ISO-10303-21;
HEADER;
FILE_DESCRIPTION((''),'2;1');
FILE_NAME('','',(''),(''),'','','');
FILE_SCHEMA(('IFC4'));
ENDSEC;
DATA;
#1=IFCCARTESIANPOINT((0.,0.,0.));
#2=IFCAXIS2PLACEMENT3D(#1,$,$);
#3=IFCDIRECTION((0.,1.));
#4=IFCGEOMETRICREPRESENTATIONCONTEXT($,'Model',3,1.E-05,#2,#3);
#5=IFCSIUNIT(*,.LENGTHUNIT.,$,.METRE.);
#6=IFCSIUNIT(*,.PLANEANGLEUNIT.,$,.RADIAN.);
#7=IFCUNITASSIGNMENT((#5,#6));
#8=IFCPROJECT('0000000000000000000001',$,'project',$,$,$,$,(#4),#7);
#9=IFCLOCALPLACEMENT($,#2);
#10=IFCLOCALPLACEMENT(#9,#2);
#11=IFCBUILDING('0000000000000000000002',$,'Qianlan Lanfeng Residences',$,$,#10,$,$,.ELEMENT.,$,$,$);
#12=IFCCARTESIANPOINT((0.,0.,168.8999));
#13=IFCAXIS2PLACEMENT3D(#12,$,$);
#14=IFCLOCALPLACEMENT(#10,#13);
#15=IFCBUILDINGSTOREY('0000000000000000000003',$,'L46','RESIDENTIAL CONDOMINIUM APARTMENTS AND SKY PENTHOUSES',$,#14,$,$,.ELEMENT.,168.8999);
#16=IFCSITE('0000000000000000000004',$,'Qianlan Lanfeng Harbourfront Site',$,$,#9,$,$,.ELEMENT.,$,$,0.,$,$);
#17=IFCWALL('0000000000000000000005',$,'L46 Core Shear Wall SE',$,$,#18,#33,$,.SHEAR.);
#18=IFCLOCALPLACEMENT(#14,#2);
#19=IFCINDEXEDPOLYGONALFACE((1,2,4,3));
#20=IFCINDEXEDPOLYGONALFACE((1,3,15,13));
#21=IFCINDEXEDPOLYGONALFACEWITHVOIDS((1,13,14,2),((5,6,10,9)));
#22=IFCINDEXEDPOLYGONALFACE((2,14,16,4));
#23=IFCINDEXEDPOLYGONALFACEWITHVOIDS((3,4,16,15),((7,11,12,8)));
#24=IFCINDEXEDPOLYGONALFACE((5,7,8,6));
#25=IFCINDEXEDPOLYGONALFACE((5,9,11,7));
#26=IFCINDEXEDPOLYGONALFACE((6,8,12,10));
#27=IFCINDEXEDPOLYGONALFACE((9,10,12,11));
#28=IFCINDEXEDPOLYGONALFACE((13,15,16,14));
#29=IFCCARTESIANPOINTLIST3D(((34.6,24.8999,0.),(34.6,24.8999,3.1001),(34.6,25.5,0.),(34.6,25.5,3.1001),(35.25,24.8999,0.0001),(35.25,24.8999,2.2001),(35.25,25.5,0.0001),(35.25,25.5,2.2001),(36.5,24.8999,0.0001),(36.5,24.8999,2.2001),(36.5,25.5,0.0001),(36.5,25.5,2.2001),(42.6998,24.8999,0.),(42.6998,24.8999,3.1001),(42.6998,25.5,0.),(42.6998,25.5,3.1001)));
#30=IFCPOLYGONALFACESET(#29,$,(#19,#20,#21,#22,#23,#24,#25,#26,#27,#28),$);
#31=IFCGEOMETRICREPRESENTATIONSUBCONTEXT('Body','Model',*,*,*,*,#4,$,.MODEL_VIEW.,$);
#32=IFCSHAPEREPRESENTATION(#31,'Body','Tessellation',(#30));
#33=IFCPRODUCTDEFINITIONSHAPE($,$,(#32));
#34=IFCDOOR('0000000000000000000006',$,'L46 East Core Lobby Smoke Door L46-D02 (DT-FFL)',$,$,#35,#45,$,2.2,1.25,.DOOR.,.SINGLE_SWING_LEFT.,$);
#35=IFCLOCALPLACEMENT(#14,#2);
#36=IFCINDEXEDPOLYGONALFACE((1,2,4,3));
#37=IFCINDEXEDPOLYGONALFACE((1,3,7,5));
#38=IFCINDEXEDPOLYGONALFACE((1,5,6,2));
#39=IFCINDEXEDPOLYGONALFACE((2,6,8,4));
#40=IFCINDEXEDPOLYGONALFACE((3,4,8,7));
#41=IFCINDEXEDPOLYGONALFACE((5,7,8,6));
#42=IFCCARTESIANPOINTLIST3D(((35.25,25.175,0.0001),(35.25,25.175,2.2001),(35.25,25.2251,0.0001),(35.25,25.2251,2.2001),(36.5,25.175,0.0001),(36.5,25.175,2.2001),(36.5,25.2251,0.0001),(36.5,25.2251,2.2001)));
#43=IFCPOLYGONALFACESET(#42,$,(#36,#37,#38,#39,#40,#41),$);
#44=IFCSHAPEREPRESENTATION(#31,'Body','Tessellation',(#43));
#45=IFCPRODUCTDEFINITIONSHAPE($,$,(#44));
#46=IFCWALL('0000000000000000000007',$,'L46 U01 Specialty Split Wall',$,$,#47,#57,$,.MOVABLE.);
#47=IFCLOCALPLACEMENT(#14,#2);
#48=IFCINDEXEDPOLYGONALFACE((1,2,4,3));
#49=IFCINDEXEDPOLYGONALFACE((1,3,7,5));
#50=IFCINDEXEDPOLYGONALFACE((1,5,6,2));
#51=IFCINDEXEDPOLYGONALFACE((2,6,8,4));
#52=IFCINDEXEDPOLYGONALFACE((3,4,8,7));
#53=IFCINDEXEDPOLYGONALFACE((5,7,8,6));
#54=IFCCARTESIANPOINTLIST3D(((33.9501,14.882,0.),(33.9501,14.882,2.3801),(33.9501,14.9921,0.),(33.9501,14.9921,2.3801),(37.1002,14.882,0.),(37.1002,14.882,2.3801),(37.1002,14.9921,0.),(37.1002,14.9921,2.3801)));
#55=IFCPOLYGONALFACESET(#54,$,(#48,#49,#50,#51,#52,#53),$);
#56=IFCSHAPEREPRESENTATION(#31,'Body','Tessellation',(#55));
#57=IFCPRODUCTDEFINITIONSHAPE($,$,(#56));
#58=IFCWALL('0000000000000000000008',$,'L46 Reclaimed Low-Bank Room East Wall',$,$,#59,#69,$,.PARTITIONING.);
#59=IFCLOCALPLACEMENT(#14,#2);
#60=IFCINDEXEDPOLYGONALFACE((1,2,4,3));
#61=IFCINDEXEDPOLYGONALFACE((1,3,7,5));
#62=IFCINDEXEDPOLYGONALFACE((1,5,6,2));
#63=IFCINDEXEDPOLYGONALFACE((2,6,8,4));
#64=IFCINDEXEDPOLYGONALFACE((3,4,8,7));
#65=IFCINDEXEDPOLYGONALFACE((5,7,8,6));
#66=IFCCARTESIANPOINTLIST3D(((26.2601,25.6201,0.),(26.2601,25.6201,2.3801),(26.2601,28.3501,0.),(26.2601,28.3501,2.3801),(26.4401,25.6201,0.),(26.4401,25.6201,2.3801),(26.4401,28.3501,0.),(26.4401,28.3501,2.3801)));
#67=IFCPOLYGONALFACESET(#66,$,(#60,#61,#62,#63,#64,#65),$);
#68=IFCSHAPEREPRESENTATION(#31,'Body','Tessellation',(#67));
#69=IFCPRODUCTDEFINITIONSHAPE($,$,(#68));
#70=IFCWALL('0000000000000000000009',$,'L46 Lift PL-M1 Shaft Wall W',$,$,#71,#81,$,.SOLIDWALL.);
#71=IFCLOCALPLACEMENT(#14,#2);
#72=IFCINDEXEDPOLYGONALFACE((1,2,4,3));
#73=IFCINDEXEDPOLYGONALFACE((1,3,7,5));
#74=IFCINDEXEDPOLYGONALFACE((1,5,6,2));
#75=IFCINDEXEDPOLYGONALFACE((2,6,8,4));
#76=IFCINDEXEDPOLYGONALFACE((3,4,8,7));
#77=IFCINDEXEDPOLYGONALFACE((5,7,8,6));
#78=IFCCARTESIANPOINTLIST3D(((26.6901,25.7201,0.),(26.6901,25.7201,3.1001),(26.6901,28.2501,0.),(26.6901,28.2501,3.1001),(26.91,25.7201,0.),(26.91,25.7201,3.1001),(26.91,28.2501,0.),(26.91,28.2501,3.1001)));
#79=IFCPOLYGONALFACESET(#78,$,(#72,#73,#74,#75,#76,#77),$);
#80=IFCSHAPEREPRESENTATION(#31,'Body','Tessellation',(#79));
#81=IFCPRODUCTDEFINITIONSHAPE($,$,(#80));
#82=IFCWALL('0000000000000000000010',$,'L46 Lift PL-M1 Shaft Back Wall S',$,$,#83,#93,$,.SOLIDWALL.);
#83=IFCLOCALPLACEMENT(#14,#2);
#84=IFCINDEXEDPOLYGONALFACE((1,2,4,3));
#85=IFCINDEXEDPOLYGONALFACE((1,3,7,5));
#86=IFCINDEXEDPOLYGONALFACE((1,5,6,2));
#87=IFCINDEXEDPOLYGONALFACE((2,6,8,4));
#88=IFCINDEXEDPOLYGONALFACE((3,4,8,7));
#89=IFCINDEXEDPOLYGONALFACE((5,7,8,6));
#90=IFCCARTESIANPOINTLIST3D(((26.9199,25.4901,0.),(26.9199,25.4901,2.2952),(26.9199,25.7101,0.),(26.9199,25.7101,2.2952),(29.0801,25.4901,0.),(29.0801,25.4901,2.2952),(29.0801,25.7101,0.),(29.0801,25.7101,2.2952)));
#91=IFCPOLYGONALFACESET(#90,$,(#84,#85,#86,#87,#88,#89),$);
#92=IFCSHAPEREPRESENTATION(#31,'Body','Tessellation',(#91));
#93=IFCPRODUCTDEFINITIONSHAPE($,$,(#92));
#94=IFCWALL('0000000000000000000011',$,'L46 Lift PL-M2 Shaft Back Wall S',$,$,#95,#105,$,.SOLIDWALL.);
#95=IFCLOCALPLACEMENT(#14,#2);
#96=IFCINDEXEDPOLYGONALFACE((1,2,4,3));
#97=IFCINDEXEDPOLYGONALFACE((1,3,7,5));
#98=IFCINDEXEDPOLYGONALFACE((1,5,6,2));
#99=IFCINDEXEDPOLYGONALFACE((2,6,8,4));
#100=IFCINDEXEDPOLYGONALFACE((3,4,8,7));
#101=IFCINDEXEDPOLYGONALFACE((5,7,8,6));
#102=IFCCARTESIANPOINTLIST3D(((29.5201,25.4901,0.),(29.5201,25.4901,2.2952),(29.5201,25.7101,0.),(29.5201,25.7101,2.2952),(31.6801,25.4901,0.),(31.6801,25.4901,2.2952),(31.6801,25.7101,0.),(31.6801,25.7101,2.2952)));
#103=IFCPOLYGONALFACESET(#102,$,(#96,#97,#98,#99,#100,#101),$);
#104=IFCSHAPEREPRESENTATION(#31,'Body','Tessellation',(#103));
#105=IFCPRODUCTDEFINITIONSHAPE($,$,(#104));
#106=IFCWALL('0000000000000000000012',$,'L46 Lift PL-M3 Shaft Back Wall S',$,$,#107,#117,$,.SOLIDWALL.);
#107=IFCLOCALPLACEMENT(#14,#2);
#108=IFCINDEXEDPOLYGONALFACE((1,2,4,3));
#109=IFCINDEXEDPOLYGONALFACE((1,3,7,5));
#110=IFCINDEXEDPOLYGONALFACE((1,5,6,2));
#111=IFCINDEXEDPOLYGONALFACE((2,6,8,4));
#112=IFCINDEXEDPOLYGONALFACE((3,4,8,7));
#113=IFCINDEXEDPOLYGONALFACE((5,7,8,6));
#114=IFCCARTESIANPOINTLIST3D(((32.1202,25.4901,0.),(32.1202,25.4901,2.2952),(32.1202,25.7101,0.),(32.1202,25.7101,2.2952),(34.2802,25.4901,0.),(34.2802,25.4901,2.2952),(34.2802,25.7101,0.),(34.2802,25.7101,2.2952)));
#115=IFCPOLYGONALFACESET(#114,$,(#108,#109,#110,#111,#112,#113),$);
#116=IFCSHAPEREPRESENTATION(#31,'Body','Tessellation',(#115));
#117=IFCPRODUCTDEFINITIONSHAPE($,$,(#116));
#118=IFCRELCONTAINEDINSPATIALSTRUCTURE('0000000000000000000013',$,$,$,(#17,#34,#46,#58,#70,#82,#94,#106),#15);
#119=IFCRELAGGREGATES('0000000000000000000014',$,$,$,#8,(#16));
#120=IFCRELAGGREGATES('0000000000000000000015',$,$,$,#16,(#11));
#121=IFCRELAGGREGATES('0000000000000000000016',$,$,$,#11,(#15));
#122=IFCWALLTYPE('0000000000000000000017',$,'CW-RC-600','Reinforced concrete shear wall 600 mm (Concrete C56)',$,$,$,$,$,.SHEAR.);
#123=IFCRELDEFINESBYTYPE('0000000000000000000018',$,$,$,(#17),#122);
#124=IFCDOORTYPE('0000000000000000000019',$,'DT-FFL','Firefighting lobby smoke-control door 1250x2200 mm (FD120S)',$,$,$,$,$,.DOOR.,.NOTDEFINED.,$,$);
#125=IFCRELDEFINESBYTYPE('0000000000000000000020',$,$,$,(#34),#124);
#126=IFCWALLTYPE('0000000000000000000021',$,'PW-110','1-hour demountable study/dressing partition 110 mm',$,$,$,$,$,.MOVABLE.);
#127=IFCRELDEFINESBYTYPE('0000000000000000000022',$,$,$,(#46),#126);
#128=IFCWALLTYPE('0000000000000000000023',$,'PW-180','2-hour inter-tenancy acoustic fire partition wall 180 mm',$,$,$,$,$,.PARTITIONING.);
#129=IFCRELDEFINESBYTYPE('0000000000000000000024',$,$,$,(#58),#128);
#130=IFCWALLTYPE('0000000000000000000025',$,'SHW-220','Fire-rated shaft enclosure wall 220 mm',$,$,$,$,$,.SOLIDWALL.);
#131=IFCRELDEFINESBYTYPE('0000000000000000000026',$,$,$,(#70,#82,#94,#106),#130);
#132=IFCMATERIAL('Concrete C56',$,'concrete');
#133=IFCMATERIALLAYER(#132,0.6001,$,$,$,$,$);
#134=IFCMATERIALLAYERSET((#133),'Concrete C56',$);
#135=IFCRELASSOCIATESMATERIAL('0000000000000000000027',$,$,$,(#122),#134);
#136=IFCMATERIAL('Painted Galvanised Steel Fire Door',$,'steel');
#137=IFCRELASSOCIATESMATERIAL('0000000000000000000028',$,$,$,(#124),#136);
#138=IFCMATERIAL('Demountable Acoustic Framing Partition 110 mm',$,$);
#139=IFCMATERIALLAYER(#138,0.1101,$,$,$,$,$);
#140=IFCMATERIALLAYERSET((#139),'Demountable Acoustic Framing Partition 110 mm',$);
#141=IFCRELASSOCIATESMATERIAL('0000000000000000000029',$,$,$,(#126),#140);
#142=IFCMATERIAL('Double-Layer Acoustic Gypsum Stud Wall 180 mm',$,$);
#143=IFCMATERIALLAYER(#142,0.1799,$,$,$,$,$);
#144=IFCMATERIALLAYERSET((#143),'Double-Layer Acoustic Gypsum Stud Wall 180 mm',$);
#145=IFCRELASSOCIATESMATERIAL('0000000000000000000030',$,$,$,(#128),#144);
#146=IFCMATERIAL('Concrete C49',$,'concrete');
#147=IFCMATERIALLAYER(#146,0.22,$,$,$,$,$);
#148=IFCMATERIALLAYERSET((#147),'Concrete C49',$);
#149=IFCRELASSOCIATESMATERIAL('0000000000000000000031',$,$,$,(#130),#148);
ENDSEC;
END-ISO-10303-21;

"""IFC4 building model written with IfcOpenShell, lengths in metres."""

from ifc_helpers import new_model, si_unit, direction, frame, frame_2d, origin, place, context, subcontext, project, spatial, rectangle, extrude, material, layer, layer_set, type_object, element, fill, save


model = new_model("IFC4")

# Units and contexts
model_context = context("Model", 3, precision=1e-05, world=origin(), true_north=direction((0.0, 1.0)))
body_context = subcontext(model_context, "Body", "Model", "MODEL_VIEW")
ifc_project = project(units=[si_unit("LENGTHUNIT", "METRE"), si_unit("PLANEANGLEUNIT", "RADIAN")], contexts=[model_context])

# Site, building, storey
site_placement = place(None, origin())
site = spatial("IfcSite", under=ifc_project, at=site_placement, Name="Qianlan Lanfeng Harbourfront Site", CompositionType="ELEMENT", RefElevation=0.0)
building_placement = place(site_placement, origin())
building = spatial("IfcBuilding", under=site, at=building_placement, Name="Qianlan Lanfeng Residences", CompositionType="ELEMENT")
storey_placement = place(building_placement, frame((0.0, 0.0, 168.8999)))
storey = spatial("IfcBuildingStorey", under=building, at=storey_placement, Name="L46", Description="RESIDENTIAL CONDOMINIUM APARTMENTS AND SKY PENTHOUSES", CompositionType="ELEMENT", Elevation=168.8999)

# Shared definitions
ifc_material_1 = material(Name="Concrete C49", Category="concrete")

# Wall, opening, door
ifc_material_2 = material(Name="Concrete C56", Category="concrete")
ifc_layer_1 = layer(ifc_material_2, 0.6001)
ifc_layer_set_1 = layer_set([ifc_layer_1], Name="Concrete C56")
wall_type_1 = type_object("IfcWallType", Name="CW-RC-600", Description="Reinforced concrete shear wall 600 mm (Concrete C56)", PredefinedType="SHEAR", material=ifc_layer_set_1)
wall_1_placement = place(storey_placement, frame((34.6001, 25.2, 0.0), z_axis=(0.0, 0.0, 1.0), x_axis=(1.0, 0.0, 0.0)))
wall_1 = element("IfcWall", 1, at=wall_1_placement, inside=storey, type_object=wall_type_1, Name="L46 Core Shear Wall SE", PredefinedType="SHEAR", context=body_context, shape_type="SweptSolid", body=[
    extrude(rectangle(XDim=8.0999, YDim=0.6001, at=frame_2d((4.0498, 0.0))), origin(), (0.0, 0.0, 1.0), 3.1001),
])
opening_1_placement = place(wall_1_placement, frame((0.6499, 0.0, 0.0)))
opening_1 = element("IfcOpeningElement", 2, at=opening_1_placement, cuts=wall_1, PredefinedType="OPENING", context=body_context, shape_type="SweptSolid", body=[
    extrude(rectangle(XDim=1.25, YDim=2.2, at=frame_2d((0.625, 1.1001))), frame((0.0, 0.3101, 0.0), z_axis=(0.0, -1.0, 0.0), x_axis=(1.0, 0.0, 0.0)), (0.0, 0.0, 1.0), 0.6201),
])
ifc_material_3 = material(Name="Painted Galvanised Steel Fire Door", Category="steel")
door_type_1 = type_object("IfcDoorType", Name="DT-FFL", Description="Firefighting lobby smoke-control door 1250x2200 mm (FD120S)", OperationType="NOTDEFINED", PredefinedType="DOOR", material=ifc_material_3)
door_1_placement = place(opening_1_placement, frame((1.25, 0.0, 0.0), z_axis=(0.0, 0.0, 1.0), x_axis=(-1.0, 0.0, 0.0)))
door_1 = element("IfcDoor", 3, at=door_1_placement, inside=storey, type_object=door_type_1, Name="L46 East Core Lobby Smoke Door L46-D02 (DT-FFL)", OperationType="SINGLE_SWING_LEFT", OverallHeight=2.2, OverallWidth=1.25, PredefinedType="DOOR", context=body_context, shape_type="SweptSolid", body=[
    extrude(rectangle(XDim=1.25, YDim=2.2, at=frame_2d((0.625, 1.1001))), frame((0.0, 0.0249, 0.0), z_axis=(0.0, -1.0, 0.0), x_axis=(1.0, 0.0, 0.0)), (0.0, 0.0, 1.0), 0.05),
])
fill(opening_1, door_1)
ifc_material_4 = material(Name="Demountable Acoustic Framing Partition 110 mm")
ifc_layer_2 = layer(ifc_material_4, 0.1101)
ifc_layer_set_2 = layer_set([ifc_layer_2], Name="Demountable Acoustic Framing Partition 110 mm")
wall_type_2 = type_object("IfcWallType", Name="PW-110", Description="1-hour demountable study/dressing partition 110 mm", PredefinedType="MOVABLE", material=ifc_layer_set_2)

# Wall
wall_2_placement = place(storey_placement, frame((33.95, 14.937, 0.0), z_axis=(0.0, 0.0, 1.0), x_axis=(1.0, 0.0, 0.0)))
element("IfcWall", 4, at=wall_2_placement, inside=storey, type_object=wall_type_2, Name="L46 U01 Specialty Split Wall", PredefinedType="MOVABLE", context=body_context, shape_type="SweptSolid", body=[
    extrude(rectangle(XDim=3.1501, YDim=0.1101, at=frame_2d((1.5752, 0.0))), origin(), (0.0, 0.0, 1.0), 2.3801),
])

# Shared definitions
ifc_material_5 = material(Name="Double-Layer Acoustic Gypsum Stud Wall 180 mm")
ifc_layer_3 = layer(ifc_material_5, 0.1799)
ifc_layer_set_3 = layer_set([ifc_layer_3], Name="Double-Layer Acoustic Gypsum Stud Wall 180 mm")
wall_type_3 = type_object("IfcWallType", Name="PW-180", Description="2-hour inter-tenancy acoustic fire partition wall 180 mm", PredefinedType="PARTITIONING", material=ifc_layer_set_3)

# Walls
wall_3_placement = place(storey_placement, frame((26.3501, 25.6201, 0.0), z_axis=(0.0, 0.0, 1.0), x_axis=(0.0, 1.0, 0.0)))
element("IfcWall", 5, at=wall_3_placement, inside=storey, type_object=wall_type_3, Name="L46 Reclaimed Low-Bank Room East Wall", PredefinedType="PARTITIONING", context=body_context, shape_type="SweptSolid", body=[
    extrude(rectangle(XDim=2.73, YDim=0.1799, at=frame_2d((1.365, 0.0))), origin(), (0.0, 0.0, 1.0), 2.3801),
])
ifc_layer_4 = layer(ifc_material_1, 0.22)
ifc_layer_set_4 = layer_set([ifc_layer_4], Name="Concrete C49")
wall_type_4 = type_object("IfcWallType", Name="SHW-220", Description="Fire-rated shaft enclosure wall 220 mm", PredefinedType="SOLIDWALL", material=ifc_layer_set_4)
wall_4_placement = place(storey_placement, frame((26.8, 25.72, 0.0), z_axis=(0.0, 0.0, 1.0), x_axis=(0.0, 1.0, 0.0)))
element("IfcWall", 6, at=wall_4_placement, inside=storey, type_object=wall_type_4, Name="L46 Lift PL-M1 Shaft Wall W", PredefinedType="SOLIDWALL", context=body_context, shape_type="SweptSolid", body=[
    extrude(rectangle(XDim=2.53, YDim=0.22, at=frame_2d((1.2651, 0.0))), origin(), (0.0, 0.0, 1.0), 3.1001),
])
wall_5_placement = place(storey_placement, frame((26.9199, 25.6001, 0.0), z_axis=(0.0, 0.0, 1.0), x_axis=(1.0, 0.0, 0.0)))
element("IfcWall", 7, at=wall_5_placement, inside=storey, type_object=wall_type_4, Name="L46 Lift PL-M1 Shaft Back Wall S", PredefinedType="SOLIDWALL", context=body_context, shape_type="SweptSolid", body=[
    extrude(rectangle(XDim=2.1602, YDim=0.22, at=frame_2d((1.0801, 0.0))), origin(), (0.0, 0.0, 1.0), 2.2952),
])
for number, where, z_axis, x_axis, name in (
    (8, (29.52, 25.6001, 0.0), (0.0, 0.0, 1.0), (1.0, 0.0, 0.0), "L46 Lift PL-M2 Shaft Back Wall S"),
    (9, (32.1201, 25.6001, 0.0), (0.0, 0.0, 1.0), (1.0, 0.0, 0.0), "L46 Lift PL-M3 Shaft Back Wall S"),
):
    element("IfcWall", number, at=place(storey_placement, frame(where, z_axis=z_axis, x_axis=x_axis)), inside=storey, type_object=wall_type_4, Name=name, PredefinedType="SOLIDWALL", context=body_context, shape_type="SweptSolid", body=[
        extrude(rectangle(XDim=2.1599, YDim=0.22, at=frame_2d((1.0801, 0.0))), origin(), (0.0, 0.0, 1.0), 2.2952),
    ])

save(model, "model.ifc")
